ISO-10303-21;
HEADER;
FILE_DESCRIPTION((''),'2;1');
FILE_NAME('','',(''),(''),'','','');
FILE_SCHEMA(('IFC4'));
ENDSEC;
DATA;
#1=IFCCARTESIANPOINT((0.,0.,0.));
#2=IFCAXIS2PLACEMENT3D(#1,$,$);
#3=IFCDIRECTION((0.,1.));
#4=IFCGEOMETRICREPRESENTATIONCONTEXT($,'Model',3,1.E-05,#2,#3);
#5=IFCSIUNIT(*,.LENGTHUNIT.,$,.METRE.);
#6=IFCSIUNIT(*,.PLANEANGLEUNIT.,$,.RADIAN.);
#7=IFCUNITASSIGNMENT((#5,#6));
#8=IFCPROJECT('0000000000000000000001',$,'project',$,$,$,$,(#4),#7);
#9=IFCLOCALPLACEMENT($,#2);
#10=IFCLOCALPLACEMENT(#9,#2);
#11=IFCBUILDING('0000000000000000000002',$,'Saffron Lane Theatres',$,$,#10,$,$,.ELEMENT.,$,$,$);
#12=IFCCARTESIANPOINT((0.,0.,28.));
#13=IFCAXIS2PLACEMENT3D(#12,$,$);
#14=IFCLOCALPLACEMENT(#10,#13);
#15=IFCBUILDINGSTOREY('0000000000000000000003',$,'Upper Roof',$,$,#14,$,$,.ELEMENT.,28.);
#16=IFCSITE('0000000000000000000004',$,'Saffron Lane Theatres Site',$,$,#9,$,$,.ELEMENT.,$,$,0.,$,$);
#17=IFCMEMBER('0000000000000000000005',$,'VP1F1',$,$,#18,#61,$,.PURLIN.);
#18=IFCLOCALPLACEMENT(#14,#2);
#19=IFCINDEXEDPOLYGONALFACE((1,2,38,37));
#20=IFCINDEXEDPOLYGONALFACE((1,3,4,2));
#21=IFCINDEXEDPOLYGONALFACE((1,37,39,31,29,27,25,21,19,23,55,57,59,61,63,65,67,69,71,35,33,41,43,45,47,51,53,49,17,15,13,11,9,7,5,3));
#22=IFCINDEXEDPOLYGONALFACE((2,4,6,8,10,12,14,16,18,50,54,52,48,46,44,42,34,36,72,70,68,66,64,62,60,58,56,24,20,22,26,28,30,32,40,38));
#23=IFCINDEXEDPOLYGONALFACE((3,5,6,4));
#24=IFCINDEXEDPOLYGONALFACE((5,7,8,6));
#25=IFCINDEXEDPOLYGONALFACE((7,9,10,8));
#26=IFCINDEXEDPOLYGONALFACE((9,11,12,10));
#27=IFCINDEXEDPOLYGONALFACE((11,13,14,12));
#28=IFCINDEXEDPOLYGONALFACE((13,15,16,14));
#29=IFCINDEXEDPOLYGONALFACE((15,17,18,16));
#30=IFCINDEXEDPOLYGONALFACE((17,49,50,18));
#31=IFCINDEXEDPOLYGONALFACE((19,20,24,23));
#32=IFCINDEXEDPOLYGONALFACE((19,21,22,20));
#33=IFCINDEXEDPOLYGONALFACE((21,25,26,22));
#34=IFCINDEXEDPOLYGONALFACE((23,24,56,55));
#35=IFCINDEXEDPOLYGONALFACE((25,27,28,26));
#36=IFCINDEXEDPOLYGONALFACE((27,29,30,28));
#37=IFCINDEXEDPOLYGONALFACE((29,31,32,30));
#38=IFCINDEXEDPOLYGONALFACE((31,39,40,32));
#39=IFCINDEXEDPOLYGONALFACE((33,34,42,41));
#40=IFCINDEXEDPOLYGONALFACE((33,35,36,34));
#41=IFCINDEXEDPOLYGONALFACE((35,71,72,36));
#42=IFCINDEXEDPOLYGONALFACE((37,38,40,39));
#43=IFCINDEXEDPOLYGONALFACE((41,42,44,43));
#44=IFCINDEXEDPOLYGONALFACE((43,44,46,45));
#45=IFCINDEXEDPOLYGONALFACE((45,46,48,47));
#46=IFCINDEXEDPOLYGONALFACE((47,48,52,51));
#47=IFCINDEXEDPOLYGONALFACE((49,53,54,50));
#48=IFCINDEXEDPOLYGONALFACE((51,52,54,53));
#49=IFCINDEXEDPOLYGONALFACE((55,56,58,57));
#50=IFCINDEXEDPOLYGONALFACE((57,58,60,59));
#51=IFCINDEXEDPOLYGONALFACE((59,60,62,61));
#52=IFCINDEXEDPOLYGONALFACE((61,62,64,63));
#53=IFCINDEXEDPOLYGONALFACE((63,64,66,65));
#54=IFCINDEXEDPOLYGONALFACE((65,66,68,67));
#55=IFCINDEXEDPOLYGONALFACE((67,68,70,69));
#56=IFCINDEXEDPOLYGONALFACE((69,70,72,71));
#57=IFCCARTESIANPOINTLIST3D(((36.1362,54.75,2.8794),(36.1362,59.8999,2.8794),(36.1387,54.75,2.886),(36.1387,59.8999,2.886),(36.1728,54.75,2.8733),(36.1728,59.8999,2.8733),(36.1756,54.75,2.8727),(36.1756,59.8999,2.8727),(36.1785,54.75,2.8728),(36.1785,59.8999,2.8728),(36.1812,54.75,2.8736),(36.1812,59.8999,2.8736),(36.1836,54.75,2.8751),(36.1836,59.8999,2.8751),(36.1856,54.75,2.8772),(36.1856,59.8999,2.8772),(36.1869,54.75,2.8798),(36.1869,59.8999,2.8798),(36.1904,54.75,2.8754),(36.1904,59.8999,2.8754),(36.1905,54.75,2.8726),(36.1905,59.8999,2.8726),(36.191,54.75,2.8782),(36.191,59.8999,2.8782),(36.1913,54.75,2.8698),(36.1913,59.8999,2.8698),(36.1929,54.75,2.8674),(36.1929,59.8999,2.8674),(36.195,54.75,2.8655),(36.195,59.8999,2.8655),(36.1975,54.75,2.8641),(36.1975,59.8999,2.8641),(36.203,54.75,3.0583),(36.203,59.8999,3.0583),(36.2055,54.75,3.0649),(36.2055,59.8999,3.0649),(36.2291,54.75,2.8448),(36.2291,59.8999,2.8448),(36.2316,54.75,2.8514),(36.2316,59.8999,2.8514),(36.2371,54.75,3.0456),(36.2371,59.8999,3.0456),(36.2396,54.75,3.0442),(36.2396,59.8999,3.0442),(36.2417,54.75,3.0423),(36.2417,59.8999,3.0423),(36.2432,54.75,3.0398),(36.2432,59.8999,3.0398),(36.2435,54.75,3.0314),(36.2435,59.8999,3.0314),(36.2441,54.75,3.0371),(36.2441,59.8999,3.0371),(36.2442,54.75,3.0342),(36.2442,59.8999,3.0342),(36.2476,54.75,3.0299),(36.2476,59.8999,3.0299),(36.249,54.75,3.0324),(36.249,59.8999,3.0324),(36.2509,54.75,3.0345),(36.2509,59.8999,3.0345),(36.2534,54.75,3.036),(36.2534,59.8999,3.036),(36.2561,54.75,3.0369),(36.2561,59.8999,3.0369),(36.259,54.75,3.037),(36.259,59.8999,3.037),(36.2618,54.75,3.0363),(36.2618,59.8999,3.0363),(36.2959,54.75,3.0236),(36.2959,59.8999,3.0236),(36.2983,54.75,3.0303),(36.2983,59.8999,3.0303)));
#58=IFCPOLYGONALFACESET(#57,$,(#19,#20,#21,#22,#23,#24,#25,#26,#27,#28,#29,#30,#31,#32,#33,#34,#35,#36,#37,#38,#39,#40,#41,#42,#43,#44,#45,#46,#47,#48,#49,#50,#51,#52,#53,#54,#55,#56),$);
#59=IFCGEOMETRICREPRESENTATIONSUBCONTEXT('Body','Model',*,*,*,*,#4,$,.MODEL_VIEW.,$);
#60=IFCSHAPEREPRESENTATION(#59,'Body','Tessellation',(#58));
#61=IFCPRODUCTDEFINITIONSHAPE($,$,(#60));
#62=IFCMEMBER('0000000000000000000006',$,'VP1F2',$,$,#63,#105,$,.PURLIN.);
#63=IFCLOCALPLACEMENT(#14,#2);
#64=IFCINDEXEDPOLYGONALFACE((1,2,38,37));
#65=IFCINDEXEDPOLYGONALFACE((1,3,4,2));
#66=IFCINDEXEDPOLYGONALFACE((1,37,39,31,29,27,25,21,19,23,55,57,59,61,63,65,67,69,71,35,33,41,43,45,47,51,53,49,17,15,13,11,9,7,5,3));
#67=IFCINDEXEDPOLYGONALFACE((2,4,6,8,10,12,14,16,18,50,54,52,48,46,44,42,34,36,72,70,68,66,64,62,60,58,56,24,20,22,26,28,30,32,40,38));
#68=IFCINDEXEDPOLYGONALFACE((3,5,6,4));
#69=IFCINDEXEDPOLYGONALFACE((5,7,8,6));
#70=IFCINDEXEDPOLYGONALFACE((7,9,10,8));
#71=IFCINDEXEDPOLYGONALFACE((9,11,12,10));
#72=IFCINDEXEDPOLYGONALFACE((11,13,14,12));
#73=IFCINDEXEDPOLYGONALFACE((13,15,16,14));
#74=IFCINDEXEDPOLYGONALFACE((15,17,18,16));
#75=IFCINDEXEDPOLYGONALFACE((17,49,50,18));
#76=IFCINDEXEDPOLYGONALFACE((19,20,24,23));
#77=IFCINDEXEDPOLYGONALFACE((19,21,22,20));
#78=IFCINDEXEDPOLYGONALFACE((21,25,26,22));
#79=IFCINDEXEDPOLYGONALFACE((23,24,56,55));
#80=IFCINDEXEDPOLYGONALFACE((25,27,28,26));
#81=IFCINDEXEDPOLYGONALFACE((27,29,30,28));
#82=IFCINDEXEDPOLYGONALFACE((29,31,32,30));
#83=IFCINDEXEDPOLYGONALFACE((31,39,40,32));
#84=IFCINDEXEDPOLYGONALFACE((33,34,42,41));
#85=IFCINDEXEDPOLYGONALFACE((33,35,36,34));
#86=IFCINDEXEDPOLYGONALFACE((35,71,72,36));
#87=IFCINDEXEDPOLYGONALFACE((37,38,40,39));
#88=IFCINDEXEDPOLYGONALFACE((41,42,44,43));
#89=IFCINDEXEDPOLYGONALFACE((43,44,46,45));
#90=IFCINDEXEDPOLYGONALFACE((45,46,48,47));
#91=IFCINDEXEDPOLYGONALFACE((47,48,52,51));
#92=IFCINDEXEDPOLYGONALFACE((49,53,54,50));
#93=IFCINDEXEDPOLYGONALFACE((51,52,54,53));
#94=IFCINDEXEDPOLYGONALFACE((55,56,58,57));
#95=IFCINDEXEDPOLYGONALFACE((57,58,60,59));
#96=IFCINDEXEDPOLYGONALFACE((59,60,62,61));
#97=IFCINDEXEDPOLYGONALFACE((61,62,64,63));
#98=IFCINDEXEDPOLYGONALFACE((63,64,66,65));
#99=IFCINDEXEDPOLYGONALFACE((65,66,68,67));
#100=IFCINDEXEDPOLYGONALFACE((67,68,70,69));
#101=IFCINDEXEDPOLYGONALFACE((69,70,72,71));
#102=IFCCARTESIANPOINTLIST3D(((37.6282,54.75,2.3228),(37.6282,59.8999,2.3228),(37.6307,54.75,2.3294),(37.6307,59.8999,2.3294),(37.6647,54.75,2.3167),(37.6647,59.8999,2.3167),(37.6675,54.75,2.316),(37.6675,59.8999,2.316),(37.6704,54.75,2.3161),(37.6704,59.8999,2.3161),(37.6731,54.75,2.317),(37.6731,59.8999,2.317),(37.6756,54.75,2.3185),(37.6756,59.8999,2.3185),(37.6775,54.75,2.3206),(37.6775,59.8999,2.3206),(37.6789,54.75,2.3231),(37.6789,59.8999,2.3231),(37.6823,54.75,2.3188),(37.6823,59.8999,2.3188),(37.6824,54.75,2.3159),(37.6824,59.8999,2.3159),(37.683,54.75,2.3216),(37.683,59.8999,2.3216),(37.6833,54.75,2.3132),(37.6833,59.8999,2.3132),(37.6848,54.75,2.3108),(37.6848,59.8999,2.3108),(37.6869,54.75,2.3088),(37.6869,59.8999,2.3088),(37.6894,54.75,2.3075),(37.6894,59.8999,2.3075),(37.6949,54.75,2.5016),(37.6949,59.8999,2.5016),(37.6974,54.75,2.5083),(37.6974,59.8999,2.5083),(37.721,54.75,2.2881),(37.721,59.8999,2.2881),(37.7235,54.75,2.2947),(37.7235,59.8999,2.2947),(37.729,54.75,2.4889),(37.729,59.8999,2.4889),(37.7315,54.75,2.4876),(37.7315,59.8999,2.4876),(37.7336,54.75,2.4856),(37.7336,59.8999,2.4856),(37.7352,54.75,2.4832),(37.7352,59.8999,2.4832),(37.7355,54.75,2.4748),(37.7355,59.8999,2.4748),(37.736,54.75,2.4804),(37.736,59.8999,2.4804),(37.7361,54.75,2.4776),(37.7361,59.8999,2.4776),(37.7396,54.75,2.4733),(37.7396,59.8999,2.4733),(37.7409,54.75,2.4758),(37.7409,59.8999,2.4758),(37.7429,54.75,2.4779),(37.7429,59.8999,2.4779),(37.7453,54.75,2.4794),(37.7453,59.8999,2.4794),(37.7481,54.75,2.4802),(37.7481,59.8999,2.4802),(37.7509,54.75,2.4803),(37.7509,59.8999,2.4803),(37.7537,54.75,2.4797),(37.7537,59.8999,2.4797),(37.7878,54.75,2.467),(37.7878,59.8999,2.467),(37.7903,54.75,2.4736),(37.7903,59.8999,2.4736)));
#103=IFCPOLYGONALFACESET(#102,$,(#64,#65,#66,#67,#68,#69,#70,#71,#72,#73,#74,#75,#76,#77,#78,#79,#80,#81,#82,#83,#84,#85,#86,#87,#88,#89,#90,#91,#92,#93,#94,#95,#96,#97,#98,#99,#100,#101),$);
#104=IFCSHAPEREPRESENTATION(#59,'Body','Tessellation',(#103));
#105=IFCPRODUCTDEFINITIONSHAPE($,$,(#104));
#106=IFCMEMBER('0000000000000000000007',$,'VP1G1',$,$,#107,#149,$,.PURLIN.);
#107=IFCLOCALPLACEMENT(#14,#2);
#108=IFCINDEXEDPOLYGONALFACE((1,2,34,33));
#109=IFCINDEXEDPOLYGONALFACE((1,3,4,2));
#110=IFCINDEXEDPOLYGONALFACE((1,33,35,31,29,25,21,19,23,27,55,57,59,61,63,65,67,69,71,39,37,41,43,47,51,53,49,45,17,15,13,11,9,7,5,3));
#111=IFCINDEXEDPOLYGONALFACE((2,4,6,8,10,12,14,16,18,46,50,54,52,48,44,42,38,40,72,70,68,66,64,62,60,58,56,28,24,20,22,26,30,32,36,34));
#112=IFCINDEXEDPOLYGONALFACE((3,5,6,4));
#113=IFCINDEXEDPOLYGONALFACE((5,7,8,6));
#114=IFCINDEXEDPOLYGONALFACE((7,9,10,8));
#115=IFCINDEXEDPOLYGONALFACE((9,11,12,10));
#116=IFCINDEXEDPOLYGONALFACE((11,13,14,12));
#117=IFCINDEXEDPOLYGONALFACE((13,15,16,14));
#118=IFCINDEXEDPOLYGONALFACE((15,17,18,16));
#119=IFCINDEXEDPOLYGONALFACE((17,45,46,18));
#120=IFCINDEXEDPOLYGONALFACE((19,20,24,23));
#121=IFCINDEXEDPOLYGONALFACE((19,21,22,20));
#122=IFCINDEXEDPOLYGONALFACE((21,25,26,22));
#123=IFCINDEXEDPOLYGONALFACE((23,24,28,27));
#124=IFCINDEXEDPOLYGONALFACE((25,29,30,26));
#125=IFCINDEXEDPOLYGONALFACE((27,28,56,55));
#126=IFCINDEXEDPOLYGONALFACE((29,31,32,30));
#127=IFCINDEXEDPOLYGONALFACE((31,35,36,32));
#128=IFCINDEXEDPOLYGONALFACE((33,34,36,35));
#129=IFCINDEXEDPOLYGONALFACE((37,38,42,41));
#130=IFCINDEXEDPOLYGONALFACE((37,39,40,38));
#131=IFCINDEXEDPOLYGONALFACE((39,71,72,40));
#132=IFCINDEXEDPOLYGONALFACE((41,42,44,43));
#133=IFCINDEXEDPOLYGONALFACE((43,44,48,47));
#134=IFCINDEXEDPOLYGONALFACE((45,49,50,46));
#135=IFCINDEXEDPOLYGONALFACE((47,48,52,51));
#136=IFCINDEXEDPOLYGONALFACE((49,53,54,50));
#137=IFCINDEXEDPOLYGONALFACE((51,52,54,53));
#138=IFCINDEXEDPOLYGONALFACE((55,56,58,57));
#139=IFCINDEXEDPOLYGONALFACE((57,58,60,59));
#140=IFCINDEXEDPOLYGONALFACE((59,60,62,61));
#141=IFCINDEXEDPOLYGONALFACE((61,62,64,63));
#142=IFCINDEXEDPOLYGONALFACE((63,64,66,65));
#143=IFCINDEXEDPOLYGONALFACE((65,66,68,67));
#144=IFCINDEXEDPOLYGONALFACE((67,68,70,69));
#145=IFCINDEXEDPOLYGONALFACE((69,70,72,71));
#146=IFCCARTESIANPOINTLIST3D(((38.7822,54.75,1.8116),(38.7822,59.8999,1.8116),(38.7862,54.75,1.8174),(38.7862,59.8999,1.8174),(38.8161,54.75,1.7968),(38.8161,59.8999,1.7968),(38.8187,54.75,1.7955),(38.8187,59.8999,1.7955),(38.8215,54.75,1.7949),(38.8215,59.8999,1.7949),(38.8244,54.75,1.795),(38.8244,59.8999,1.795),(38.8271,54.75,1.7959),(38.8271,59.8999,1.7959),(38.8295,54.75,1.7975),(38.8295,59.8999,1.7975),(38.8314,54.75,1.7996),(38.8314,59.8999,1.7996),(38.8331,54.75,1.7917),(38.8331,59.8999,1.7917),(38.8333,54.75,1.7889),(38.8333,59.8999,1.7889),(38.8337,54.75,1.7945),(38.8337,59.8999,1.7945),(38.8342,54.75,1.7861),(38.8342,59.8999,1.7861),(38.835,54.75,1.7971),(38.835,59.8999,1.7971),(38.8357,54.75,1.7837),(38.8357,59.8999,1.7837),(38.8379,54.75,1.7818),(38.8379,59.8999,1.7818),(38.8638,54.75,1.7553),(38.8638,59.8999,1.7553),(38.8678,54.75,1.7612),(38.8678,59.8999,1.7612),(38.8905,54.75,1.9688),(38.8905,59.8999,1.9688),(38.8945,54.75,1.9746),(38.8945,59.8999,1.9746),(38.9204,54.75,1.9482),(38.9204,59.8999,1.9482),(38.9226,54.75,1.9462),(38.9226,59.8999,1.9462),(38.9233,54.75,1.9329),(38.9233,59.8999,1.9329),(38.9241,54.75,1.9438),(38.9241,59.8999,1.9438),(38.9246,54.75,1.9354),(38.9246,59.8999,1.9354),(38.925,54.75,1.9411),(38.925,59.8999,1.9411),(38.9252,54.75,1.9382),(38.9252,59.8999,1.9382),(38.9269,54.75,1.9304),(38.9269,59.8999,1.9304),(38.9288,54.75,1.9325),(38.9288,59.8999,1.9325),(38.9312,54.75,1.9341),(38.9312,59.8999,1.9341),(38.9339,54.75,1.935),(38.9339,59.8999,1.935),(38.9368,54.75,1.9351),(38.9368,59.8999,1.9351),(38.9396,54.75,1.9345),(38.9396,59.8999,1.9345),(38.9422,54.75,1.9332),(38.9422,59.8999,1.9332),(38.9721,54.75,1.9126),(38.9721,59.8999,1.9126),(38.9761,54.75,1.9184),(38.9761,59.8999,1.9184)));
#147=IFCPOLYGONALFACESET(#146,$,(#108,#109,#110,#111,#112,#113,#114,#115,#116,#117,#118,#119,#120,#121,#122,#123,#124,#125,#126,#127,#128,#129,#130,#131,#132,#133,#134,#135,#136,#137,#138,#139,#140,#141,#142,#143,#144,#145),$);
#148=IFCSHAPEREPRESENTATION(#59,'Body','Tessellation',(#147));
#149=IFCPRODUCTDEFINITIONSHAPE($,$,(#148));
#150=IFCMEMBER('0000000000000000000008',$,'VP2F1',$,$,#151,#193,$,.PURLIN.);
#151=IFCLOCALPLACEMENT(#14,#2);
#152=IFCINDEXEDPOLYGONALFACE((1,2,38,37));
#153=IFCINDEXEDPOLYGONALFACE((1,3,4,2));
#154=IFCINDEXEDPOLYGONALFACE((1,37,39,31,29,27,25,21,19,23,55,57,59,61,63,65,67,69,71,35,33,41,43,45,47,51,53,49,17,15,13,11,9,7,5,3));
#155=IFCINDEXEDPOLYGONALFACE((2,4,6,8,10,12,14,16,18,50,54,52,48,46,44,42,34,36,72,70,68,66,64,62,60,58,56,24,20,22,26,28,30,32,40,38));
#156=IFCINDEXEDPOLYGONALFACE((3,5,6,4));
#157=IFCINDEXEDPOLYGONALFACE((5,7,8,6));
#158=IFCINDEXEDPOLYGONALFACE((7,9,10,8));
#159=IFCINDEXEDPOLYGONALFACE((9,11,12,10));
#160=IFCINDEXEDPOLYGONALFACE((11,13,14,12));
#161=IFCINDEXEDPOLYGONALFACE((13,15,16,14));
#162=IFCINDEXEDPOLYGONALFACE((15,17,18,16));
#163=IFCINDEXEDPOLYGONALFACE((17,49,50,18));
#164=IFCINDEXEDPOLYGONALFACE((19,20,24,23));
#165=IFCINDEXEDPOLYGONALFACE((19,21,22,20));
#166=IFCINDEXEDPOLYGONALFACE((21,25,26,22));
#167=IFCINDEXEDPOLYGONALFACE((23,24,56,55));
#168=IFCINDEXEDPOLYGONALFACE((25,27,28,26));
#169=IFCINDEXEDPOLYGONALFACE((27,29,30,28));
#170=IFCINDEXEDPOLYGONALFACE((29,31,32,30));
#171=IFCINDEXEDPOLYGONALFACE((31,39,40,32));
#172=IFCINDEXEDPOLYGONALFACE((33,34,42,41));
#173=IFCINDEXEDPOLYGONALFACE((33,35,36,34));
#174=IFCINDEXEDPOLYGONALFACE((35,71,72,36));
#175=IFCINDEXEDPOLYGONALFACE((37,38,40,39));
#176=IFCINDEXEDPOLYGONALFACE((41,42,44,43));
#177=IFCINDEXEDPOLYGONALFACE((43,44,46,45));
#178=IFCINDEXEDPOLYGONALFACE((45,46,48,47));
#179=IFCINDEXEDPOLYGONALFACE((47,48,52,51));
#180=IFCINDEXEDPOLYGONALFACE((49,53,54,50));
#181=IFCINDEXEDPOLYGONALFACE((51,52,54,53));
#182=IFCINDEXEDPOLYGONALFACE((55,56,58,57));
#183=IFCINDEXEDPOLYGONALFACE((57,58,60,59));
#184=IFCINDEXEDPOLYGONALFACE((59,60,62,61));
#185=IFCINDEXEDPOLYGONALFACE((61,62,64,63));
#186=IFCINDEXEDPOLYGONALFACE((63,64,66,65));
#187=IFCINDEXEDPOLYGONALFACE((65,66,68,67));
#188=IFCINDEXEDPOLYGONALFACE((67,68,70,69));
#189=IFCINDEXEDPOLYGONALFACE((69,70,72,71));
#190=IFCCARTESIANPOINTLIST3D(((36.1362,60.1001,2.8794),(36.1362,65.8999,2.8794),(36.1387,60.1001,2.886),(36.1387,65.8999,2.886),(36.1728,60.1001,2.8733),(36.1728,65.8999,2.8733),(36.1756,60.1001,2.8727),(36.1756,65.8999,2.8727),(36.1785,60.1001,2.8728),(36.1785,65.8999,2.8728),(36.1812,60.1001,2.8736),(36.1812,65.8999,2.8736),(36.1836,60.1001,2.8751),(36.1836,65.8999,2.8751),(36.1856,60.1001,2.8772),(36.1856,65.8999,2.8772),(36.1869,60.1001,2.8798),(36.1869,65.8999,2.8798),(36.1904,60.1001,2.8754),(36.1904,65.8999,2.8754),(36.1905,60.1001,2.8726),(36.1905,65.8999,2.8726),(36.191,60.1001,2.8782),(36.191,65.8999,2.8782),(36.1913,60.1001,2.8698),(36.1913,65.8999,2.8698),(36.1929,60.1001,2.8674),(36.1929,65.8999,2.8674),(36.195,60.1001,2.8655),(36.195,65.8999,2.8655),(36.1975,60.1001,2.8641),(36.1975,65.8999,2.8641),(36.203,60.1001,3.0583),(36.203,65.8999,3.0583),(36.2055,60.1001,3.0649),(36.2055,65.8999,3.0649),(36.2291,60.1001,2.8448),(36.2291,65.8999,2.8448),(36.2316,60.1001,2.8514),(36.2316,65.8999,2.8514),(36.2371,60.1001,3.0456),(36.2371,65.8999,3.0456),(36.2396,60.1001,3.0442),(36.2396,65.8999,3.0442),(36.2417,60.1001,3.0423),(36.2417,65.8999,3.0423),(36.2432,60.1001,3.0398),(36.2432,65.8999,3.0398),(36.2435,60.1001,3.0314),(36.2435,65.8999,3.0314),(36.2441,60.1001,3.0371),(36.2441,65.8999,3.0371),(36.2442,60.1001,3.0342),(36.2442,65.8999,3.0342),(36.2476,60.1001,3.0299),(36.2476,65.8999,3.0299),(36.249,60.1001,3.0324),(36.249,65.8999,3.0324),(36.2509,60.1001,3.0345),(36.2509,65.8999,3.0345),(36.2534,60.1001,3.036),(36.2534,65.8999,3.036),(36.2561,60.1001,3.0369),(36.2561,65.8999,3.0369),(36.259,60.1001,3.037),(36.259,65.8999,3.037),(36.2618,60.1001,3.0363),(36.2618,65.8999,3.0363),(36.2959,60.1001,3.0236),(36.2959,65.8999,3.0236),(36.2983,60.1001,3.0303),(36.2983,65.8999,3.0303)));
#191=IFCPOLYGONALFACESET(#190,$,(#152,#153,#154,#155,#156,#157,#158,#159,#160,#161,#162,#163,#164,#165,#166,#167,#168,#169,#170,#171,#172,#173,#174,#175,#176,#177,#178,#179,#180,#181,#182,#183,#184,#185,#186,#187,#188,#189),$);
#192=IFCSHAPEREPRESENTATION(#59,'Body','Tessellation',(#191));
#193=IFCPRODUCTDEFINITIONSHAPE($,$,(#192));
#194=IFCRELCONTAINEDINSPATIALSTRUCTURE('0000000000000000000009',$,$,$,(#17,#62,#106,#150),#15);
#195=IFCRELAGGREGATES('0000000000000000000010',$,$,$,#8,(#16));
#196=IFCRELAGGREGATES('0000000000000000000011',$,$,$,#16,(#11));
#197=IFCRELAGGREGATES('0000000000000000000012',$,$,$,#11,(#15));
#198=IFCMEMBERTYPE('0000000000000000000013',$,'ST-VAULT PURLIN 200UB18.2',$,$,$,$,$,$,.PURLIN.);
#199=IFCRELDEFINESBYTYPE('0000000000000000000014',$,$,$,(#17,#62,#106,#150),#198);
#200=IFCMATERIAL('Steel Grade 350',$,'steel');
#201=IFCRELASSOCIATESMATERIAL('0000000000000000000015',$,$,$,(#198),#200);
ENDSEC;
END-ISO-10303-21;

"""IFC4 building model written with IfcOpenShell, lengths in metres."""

from ifc_helpers import new_model, si_unit, direction, frame, origin, origin_2d, place, context, subcontext, project, spatial, i_section, extrude, material, material_profile, profile_set, type_object, element, save


model = new_model("IFC4")

# Units and contexts
model_context = context("Model", 3, precision=1e-05, world=origin(), true_north=direction((0.0, 1.0)))
body_context = subcontext(model_context, "Body", "Model", "MODEL_VIEW")
ifc_project = project(units=[si_unit("LENGTHUNIT", "METRE"), si_unit("PLANEANGLEUNIT", "RADIAN")], contexts=[model_context])

# Site, building, storey
site_placement = place(None, origin())
site = spatial("IfcSite", under=ifc_project, at=site_placement, Name="Saffron Lane Theatres Site", CompositionType="ELEMENT", RefElevation=0.0)
building_placement = place(site_placement, origin())
building = spatial("IfcBuilding", under=site, at=building_placement, Name="Saffron Lane Theatres", CompositionType="ELEMENT")
storey_placement = place(building_placement, frame((0.0, 0.0, 28.0)))
storey = spatial("IfcBuildingStorey", under=building, at=storey_placement, Name="Upper Roof", CompositionType="ELEMENT", Elevation=28.0)

# Members
ifc_material_1 = material(Name="Steel Grade 350", Category="steel")
ifc_material_profile_1 = material_profile(ifc_material_1, i_section(OverallWidth=0.0991, OverallDepth=0.198, WebThickness=0.0044, FlangeThickness=0.0071, FilletRadius=0.011, at=origin_2d()))
ifc_profile_set_1 = profile_set([ifc_material_profile_1], Name="Steel Grade 350")
member_type_1 = type_object("IfcMemberType", Name="ST-VAULT PURLIN 200UB18.2", PredefinedType="PURLIN", material=ifc_profile_set_1)
for number, where, z_axis, x_axis, name in (
    (1, (36.2173, 54.75, 2.9548), (0.0, 1.0, 0.0), (0.93689, 0.0, -0.349624), "VP1F1"),
    (2, (37.7092, 54.75, 2.3982), (0.0, 1.0, 0.0), (0.93689, 0.0, -0.349624), "VP1F2"),
    (3, (38.8792, 54.75, 1.865), (0.0, 1.0, 0.0), (0.823487, 0.0, -0.567335), "VP1G1"),
):
    element("IfcMember", number, at=place(storey_placement, frame(where, z_axis=z_axis, x_axis=x_axis)), inside=storey, type_object=member_type_1, Name=name, PredefinedType="PURLIN", context=body_context, shape_type="SweptSolid", body=[
        extrude(i_section(OverallWidth=0.0991, OverallDepth=0.198, WebThickness=0.0044, FlangeThickness=0.0071, FilletRadius=0.011, at=origin_2d()), origin(), (0.0, 0.0, 1.0), 5.1499),
    ])
for number, where, z_axis, x_axis, name in (
    (4, (36.2173, 60.1001, 2.9548), (0.0, 1.0, 0.0), (0.93689, 0.0, -0.349624), "VP2F1"),
):
    element("IfcMember", number, at=place(storey_placement, frame(where, z_axis=z_axis, x_axis=x_axis)), inside=storey, type_object=member_type_1, Name=name, PredefinedType="PURLIN", context=body_context, shape_type="SweptSolid", body=[
        extrude(i_section(OverallWidth=0.0991, OverallDepth=0.198, WebThickness=0.0044, FlangeThickness=0.0071, FilletRadius=0.011, at=origin_2d()), origin(), (0.0, 0.0, 1.0), 5.7998),
    ])

save(model, "model.ifc")
